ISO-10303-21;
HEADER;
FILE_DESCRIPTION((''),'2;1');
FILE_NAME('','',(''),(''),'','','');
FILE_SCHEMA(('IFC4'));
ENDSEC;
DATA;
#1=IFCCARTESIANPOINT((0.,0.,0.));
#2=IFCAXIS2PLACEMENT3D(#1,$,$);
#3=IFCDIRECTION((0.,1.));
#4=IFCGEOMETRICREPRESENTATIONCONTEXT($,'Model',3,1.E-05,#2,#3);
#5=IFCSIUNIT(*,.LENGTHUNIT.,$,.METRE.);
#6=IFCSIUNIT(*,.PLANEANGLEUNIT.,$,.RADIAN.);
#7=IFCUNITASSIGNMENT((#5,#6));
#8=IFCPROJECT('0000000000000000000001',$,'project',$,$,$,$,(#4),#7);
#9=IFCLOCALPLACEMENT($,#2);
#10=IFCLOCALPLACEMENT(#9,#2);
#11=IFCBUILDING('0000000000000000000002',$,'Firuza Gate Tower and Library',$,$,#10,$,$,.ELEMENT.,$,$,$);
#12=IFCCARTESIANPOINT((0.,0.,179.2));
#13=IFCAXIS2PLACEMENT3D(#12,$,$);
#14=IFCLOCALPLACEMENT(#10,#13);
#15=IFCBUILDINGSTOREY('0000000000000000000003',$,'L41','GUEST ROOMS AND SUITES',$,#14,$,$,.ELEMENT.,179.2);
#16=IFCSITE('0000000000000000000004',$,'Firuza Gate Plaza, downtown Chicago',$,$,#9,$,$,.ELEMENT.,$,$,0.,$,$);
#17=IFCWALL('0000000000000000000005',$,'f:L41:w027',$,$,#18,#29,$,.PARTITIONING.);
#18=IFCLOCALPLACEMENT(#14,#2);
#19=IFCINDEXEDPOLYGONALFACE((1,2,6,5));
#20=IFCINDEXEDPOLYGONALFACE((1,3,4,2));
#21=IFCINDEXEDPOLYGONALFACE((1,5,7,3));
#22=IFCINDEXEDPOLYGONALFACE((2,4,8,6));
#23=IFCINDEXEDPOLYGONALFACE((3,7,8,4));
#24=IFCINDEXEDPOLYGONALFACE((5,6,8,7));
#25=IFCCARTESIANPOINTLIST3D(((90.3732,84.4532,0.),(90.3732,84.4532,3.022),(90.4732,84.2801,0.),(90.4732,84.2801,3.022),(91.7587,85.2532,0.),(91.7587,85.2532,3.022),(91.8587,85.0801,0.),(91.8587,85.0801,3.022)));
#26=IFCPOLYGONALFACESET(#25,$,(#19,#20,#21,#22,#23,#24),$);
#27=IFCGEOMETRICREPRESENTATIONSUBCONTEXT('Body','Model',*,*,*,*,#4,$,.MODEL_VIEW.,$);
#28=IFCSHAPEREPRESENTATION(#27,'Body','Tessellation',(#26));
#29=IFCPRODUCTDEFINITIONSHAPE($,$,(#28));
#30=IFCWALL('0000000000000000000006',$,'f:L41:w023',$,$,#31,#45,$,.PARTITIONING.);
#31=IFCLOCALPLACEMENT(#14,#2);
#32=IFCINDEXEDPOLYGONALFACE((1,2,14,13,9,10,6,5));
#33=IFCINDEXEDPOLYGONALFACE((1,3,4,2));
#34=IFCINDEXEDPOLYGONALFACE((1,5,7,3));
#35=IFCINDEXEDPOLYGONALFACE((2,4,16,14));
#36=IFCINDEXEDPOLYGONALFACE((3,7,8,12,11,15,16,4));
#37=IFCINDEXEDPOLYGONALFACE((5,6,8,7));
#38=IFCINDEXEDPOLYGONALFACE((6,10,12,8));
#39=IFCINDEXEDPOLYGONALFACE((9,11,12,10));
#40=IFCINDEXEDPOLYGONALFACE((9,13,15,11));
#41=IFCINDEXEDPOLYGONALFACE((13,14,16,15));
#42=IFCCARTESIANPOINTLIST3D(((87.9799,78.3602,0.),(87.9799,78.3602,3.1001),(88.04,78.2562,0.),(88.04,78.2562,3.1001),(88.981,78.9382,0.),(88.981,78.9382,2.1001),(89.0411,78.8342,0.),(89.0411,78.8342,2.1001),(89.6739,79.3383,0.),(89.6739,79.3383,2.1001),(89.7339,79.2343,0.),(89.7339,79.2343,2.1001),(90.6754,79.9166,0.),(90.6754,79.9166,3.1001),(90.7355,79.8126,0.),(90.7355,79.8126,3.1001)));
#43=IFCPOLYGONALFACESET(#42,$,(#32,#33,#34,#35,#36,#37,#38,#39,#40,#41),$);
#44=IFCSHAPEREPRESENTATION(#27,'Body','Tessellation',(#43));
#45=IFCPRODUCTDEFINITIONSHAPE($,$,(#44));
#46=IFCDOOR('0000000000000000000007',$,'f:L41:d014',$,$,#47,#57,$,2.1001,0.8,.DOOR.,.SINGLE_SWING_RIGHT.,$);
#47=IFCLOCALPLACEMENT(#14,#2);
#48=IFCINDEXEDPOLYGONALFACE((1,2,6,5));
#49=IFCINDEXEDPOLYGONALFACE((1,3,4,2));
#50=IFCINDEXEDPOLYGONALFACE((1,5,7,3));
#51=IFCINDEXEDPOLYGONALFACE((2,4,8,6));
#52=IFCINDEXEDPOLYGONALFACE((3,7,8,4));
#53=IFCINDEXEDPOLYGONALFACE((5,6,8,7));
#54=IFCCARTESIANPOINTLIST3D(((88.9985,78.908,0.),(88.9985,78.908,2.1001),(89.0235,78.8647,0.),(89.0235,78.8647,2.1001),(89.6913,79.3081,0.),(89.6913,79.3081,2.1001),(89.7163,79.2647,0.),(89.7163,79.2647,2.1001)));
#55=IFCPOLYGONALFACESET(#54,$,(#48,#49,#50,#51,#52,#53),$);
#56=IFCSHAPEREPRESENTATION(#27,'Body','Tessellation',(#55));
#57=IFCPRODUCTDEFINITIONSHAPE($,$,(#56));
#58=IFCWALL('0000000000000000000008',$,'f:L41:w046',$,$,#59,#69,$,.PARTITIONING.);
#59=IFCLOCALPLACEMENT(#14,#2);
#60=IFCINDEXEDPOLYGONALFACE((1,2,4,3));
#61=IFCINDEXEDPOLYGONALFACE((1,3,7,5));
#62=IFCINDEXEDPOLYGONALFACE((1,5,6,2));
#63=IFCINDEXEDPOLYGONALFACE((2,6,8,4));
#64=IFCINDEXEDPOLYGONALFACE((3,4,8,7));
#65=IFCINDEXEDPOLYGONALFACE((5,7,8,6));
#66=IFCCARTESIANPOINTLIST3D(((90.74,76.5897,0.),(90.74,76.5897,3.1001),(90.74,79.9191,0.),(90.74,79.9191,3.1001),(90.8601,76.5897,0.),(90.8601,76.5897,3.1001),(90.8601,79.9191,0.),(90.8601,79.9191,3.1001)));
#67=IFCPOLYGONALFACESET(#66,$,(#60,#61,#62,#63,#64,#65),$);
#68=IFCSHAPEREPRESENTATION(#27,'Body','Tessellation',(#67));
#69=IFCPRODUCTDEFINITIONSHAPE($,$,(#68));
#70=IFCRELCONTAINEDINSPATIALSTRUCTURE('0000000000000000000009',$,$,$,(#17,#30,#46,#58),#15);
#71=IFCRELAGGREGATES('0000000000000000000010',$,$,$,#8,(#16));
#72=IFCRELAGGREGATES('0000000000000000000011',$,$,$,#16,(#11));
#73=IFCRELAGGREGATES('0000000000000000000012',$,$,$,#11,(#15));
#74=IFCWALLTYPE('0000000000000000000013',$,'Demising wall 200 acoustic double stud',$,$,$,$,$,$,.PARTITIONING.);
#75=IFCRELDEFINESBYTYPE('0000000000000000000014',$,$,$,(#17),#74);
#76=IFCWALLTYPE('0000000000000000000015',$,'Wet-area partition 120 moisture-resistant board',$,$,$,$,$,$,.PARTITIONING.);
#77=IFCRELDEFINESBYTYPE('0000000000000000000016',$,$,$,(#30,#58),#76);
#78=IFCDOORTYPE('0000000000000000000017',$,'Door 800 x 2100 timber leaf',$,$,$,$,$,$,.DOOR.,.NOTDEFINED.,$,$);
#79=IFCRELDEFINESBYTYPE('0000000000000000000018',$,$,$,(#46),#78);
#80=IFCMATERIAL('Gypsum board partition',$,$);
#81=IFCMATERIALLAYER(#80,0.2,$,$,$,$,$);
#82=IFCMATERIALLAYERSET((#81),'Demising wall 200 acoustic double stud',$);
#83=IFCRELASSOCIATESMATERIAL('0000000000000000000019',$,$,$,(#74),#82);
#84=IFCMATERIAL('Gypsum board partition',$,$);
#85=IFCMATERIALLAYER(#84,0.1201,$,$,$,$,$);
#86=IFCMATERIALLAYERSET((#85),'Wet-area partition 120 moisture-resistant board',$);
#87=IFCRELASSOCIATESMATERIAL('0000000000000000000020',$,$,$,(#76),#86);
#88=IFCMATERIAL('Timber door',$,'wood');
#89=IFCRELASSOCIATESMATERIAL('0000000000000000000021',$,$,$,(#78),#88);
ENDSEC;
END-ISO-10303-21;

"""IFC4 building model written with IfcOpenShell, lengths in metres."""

from ifc_helpers import new_model, si_unit, direction, frame, frame_2d, origin, place, context, subcontext, project, spatial, rectangle, extrude, material, layer, layer_set, type_object, element, fill, save


model = new_model("IFC4")

# Units and contexts
model_context = context("Model", 3, precision=1e-05, world=origin(), true_north=direction((0.0, 1.0)))
body_context = subcontext(model_context, "Body", "Model", "MODEL_VIEW")
ifc_project = project(units=[si_unit("LENGTHUNIT", "METRE"), si_unit("PLANEANGLEUNIT", "RADIAN")], contexts=[model_context])

# Site, building, storey
site_placement = place(None, origin())
site = spatial("IfcSite", under=ifc_project, at=site_placement, Name="Firuza Gate Plaza, downtown Chicago", CompositionType="ELEMENT", RefElevation=0.0)
building_placement = place(site_placement, origin())
building = spatial("IfcBuilding", under=site, at=building_placement, Name="Firuza Gate Tower and Library", CompositionType="ELEMENT")
storey_placement = place(building_placement, frame((0.0, 0.0, 179.2)))
storey = spatial("IfcBuildingStorey", under=building, at=storey_placement, Name="L41", Description="GUEST ROOMS AND SUITES", CompositionType="ELEMENT", Elevation=179.2)

# Wall
ifc_material_1 = material(Name="Gypsum board partition")
ifc_layer_1 = layer(ifc_material_1, 0.2)
ifc_layer_set_1 = layer_set([ifc_layer_1], Name="Demising wall 200 acoustic double stud")
wall_type_1 = type_object("IfcWallType", Name="Demising wall 200 acoustic double stud", PredefinedType="PARTITIONING", material=ifc_layer_set_1)
wall_1_placement = place(storey_placement, frame((90.4233, 84.3667, 0.0), z_axis=(0.0, 0.0, 1.0), x_axis=(0.86599, 0.500061, 0.0)))
element("IfcWall", 1, at=wall_1_placement, inside=storey, type_object=wall_type_1, Name="f:L41:w027", PredefinedType="PARTITIONING", context=body_context, shape_type="SweptSolid", body=[
    extrude(rectangle(XDim=1.5999, YDim=0.2, at=frame_2d((0.7998, 0.0))), origin(), (0.0, 0.0, 1.0), 3.022),
])

# Wall, opening, door
ifc_material_2 = material(Name="Gypsum board partition")
ifc_layer_2 = layer(ifc_material_2, 0.1201)
ifc_layer_set_2 = layer_set([ifc_layer_2], Name="Wet-area partition 120 moisture-resistant board")
wall_type_2 = type_object("IfcWallType", Name="Wet-area partition 120 moisture-resistant board", PredefinedType="PARTITIONING", material=ifc_layer_set_2)
wall_2_placement = place(storey_placement, frame((90.7053, 79.8645, 0.0), z_axis=(0.0, 0.0, 1.0), x_axis=(-0.866009, -0.500028, 0.0)))
wall_2 = element("IfcWall", 2, at=wall_2_placement, inside=storey, type_object=wall_type_2, Name="f:L41:w023", PredefinedType="PARTITIONING", context=body_context, shape_type="SweptSolid", body=[
    extrude(rectangle(XDim=3.1125, YDim=0.1201, at=frame_2d((1.5562, 0.0))), origin(), (0.0, 0.0, 1.0), 3.1001),
])
opening_placement = place(wall_2_placement, frame((1.1565, 0.0, 0.0)))
opening = element("IfcOpeningElement", 3, at=opening_placement, cuts=wall_2, PredefinedType="OPENING", context=body_context, shape_type="SweptSolid", body=[
    extrude(rectangle(XDim=0.8, YDim=2.1001, at=frame_2d((0.3999, 1.05))), frame((0.0, 0.0701, 0.0), z_axis=(0.0, -1.0, 0.0), x_axis=(1.0, 0.0, 0.0)), (0.0, 0.0, 1.0), 0.1401),
])
ifc_material_3 = material(Name="Timber door", Category="wood")
door_type = type_object("IfcDoorType", Name="Door 800 x 2100 timber leaf", OperationType="NOTDEFINED", PredefinedType="DOOR", material=ifc_material_3)
door_placement = place(opening_placement, origin())
door = element("IfcDoor", 4, at=door_placement, inside=storey, type_object=door_type, Name="f:L41:d014", OperationType="SINGLE_SWING_RIGHT", OverallHeight=2.1001, OverallWidth=0.8, PredefinedType="DOOR", context=body_context, shape_type="SweptSolid", body=[
    extrude(rectangle(XDim=0.8, YDim=2.1001, at=frame_2d((0.3999, 1.05))), frame((0.0, 0.0249, 0.0), z_axis=(0.0, -1.0, 0.0), x_axis=(1.0, 0.0, 0.0)), (0.0, 0.0, 1.0), 0.05),
])
fill(opening, door)

# Wall
wall_3_placement = place(storey_placement, frame((90.8, 76.5898, 0.0), z_axis=(0.0, 0.0, 1.0), x_axis=(0.0, 1.0, 0.0)))
element("IfcWall", 5, at=wall_3_placement, inside=storey, type_object=wall_type_2, Name="f:L41:w046", PredefinedType="PARTITIONING", context=body_context, shape_type="SweptSolid", body=[
    extrude(rectangle(XDim=3.3293, YDim=0.1201, at=frame_2d((1.6646, 0.0))), origin(), (0.0, 0.0, 1.0), 3.1001),
])

save(model, "model.ifc")
